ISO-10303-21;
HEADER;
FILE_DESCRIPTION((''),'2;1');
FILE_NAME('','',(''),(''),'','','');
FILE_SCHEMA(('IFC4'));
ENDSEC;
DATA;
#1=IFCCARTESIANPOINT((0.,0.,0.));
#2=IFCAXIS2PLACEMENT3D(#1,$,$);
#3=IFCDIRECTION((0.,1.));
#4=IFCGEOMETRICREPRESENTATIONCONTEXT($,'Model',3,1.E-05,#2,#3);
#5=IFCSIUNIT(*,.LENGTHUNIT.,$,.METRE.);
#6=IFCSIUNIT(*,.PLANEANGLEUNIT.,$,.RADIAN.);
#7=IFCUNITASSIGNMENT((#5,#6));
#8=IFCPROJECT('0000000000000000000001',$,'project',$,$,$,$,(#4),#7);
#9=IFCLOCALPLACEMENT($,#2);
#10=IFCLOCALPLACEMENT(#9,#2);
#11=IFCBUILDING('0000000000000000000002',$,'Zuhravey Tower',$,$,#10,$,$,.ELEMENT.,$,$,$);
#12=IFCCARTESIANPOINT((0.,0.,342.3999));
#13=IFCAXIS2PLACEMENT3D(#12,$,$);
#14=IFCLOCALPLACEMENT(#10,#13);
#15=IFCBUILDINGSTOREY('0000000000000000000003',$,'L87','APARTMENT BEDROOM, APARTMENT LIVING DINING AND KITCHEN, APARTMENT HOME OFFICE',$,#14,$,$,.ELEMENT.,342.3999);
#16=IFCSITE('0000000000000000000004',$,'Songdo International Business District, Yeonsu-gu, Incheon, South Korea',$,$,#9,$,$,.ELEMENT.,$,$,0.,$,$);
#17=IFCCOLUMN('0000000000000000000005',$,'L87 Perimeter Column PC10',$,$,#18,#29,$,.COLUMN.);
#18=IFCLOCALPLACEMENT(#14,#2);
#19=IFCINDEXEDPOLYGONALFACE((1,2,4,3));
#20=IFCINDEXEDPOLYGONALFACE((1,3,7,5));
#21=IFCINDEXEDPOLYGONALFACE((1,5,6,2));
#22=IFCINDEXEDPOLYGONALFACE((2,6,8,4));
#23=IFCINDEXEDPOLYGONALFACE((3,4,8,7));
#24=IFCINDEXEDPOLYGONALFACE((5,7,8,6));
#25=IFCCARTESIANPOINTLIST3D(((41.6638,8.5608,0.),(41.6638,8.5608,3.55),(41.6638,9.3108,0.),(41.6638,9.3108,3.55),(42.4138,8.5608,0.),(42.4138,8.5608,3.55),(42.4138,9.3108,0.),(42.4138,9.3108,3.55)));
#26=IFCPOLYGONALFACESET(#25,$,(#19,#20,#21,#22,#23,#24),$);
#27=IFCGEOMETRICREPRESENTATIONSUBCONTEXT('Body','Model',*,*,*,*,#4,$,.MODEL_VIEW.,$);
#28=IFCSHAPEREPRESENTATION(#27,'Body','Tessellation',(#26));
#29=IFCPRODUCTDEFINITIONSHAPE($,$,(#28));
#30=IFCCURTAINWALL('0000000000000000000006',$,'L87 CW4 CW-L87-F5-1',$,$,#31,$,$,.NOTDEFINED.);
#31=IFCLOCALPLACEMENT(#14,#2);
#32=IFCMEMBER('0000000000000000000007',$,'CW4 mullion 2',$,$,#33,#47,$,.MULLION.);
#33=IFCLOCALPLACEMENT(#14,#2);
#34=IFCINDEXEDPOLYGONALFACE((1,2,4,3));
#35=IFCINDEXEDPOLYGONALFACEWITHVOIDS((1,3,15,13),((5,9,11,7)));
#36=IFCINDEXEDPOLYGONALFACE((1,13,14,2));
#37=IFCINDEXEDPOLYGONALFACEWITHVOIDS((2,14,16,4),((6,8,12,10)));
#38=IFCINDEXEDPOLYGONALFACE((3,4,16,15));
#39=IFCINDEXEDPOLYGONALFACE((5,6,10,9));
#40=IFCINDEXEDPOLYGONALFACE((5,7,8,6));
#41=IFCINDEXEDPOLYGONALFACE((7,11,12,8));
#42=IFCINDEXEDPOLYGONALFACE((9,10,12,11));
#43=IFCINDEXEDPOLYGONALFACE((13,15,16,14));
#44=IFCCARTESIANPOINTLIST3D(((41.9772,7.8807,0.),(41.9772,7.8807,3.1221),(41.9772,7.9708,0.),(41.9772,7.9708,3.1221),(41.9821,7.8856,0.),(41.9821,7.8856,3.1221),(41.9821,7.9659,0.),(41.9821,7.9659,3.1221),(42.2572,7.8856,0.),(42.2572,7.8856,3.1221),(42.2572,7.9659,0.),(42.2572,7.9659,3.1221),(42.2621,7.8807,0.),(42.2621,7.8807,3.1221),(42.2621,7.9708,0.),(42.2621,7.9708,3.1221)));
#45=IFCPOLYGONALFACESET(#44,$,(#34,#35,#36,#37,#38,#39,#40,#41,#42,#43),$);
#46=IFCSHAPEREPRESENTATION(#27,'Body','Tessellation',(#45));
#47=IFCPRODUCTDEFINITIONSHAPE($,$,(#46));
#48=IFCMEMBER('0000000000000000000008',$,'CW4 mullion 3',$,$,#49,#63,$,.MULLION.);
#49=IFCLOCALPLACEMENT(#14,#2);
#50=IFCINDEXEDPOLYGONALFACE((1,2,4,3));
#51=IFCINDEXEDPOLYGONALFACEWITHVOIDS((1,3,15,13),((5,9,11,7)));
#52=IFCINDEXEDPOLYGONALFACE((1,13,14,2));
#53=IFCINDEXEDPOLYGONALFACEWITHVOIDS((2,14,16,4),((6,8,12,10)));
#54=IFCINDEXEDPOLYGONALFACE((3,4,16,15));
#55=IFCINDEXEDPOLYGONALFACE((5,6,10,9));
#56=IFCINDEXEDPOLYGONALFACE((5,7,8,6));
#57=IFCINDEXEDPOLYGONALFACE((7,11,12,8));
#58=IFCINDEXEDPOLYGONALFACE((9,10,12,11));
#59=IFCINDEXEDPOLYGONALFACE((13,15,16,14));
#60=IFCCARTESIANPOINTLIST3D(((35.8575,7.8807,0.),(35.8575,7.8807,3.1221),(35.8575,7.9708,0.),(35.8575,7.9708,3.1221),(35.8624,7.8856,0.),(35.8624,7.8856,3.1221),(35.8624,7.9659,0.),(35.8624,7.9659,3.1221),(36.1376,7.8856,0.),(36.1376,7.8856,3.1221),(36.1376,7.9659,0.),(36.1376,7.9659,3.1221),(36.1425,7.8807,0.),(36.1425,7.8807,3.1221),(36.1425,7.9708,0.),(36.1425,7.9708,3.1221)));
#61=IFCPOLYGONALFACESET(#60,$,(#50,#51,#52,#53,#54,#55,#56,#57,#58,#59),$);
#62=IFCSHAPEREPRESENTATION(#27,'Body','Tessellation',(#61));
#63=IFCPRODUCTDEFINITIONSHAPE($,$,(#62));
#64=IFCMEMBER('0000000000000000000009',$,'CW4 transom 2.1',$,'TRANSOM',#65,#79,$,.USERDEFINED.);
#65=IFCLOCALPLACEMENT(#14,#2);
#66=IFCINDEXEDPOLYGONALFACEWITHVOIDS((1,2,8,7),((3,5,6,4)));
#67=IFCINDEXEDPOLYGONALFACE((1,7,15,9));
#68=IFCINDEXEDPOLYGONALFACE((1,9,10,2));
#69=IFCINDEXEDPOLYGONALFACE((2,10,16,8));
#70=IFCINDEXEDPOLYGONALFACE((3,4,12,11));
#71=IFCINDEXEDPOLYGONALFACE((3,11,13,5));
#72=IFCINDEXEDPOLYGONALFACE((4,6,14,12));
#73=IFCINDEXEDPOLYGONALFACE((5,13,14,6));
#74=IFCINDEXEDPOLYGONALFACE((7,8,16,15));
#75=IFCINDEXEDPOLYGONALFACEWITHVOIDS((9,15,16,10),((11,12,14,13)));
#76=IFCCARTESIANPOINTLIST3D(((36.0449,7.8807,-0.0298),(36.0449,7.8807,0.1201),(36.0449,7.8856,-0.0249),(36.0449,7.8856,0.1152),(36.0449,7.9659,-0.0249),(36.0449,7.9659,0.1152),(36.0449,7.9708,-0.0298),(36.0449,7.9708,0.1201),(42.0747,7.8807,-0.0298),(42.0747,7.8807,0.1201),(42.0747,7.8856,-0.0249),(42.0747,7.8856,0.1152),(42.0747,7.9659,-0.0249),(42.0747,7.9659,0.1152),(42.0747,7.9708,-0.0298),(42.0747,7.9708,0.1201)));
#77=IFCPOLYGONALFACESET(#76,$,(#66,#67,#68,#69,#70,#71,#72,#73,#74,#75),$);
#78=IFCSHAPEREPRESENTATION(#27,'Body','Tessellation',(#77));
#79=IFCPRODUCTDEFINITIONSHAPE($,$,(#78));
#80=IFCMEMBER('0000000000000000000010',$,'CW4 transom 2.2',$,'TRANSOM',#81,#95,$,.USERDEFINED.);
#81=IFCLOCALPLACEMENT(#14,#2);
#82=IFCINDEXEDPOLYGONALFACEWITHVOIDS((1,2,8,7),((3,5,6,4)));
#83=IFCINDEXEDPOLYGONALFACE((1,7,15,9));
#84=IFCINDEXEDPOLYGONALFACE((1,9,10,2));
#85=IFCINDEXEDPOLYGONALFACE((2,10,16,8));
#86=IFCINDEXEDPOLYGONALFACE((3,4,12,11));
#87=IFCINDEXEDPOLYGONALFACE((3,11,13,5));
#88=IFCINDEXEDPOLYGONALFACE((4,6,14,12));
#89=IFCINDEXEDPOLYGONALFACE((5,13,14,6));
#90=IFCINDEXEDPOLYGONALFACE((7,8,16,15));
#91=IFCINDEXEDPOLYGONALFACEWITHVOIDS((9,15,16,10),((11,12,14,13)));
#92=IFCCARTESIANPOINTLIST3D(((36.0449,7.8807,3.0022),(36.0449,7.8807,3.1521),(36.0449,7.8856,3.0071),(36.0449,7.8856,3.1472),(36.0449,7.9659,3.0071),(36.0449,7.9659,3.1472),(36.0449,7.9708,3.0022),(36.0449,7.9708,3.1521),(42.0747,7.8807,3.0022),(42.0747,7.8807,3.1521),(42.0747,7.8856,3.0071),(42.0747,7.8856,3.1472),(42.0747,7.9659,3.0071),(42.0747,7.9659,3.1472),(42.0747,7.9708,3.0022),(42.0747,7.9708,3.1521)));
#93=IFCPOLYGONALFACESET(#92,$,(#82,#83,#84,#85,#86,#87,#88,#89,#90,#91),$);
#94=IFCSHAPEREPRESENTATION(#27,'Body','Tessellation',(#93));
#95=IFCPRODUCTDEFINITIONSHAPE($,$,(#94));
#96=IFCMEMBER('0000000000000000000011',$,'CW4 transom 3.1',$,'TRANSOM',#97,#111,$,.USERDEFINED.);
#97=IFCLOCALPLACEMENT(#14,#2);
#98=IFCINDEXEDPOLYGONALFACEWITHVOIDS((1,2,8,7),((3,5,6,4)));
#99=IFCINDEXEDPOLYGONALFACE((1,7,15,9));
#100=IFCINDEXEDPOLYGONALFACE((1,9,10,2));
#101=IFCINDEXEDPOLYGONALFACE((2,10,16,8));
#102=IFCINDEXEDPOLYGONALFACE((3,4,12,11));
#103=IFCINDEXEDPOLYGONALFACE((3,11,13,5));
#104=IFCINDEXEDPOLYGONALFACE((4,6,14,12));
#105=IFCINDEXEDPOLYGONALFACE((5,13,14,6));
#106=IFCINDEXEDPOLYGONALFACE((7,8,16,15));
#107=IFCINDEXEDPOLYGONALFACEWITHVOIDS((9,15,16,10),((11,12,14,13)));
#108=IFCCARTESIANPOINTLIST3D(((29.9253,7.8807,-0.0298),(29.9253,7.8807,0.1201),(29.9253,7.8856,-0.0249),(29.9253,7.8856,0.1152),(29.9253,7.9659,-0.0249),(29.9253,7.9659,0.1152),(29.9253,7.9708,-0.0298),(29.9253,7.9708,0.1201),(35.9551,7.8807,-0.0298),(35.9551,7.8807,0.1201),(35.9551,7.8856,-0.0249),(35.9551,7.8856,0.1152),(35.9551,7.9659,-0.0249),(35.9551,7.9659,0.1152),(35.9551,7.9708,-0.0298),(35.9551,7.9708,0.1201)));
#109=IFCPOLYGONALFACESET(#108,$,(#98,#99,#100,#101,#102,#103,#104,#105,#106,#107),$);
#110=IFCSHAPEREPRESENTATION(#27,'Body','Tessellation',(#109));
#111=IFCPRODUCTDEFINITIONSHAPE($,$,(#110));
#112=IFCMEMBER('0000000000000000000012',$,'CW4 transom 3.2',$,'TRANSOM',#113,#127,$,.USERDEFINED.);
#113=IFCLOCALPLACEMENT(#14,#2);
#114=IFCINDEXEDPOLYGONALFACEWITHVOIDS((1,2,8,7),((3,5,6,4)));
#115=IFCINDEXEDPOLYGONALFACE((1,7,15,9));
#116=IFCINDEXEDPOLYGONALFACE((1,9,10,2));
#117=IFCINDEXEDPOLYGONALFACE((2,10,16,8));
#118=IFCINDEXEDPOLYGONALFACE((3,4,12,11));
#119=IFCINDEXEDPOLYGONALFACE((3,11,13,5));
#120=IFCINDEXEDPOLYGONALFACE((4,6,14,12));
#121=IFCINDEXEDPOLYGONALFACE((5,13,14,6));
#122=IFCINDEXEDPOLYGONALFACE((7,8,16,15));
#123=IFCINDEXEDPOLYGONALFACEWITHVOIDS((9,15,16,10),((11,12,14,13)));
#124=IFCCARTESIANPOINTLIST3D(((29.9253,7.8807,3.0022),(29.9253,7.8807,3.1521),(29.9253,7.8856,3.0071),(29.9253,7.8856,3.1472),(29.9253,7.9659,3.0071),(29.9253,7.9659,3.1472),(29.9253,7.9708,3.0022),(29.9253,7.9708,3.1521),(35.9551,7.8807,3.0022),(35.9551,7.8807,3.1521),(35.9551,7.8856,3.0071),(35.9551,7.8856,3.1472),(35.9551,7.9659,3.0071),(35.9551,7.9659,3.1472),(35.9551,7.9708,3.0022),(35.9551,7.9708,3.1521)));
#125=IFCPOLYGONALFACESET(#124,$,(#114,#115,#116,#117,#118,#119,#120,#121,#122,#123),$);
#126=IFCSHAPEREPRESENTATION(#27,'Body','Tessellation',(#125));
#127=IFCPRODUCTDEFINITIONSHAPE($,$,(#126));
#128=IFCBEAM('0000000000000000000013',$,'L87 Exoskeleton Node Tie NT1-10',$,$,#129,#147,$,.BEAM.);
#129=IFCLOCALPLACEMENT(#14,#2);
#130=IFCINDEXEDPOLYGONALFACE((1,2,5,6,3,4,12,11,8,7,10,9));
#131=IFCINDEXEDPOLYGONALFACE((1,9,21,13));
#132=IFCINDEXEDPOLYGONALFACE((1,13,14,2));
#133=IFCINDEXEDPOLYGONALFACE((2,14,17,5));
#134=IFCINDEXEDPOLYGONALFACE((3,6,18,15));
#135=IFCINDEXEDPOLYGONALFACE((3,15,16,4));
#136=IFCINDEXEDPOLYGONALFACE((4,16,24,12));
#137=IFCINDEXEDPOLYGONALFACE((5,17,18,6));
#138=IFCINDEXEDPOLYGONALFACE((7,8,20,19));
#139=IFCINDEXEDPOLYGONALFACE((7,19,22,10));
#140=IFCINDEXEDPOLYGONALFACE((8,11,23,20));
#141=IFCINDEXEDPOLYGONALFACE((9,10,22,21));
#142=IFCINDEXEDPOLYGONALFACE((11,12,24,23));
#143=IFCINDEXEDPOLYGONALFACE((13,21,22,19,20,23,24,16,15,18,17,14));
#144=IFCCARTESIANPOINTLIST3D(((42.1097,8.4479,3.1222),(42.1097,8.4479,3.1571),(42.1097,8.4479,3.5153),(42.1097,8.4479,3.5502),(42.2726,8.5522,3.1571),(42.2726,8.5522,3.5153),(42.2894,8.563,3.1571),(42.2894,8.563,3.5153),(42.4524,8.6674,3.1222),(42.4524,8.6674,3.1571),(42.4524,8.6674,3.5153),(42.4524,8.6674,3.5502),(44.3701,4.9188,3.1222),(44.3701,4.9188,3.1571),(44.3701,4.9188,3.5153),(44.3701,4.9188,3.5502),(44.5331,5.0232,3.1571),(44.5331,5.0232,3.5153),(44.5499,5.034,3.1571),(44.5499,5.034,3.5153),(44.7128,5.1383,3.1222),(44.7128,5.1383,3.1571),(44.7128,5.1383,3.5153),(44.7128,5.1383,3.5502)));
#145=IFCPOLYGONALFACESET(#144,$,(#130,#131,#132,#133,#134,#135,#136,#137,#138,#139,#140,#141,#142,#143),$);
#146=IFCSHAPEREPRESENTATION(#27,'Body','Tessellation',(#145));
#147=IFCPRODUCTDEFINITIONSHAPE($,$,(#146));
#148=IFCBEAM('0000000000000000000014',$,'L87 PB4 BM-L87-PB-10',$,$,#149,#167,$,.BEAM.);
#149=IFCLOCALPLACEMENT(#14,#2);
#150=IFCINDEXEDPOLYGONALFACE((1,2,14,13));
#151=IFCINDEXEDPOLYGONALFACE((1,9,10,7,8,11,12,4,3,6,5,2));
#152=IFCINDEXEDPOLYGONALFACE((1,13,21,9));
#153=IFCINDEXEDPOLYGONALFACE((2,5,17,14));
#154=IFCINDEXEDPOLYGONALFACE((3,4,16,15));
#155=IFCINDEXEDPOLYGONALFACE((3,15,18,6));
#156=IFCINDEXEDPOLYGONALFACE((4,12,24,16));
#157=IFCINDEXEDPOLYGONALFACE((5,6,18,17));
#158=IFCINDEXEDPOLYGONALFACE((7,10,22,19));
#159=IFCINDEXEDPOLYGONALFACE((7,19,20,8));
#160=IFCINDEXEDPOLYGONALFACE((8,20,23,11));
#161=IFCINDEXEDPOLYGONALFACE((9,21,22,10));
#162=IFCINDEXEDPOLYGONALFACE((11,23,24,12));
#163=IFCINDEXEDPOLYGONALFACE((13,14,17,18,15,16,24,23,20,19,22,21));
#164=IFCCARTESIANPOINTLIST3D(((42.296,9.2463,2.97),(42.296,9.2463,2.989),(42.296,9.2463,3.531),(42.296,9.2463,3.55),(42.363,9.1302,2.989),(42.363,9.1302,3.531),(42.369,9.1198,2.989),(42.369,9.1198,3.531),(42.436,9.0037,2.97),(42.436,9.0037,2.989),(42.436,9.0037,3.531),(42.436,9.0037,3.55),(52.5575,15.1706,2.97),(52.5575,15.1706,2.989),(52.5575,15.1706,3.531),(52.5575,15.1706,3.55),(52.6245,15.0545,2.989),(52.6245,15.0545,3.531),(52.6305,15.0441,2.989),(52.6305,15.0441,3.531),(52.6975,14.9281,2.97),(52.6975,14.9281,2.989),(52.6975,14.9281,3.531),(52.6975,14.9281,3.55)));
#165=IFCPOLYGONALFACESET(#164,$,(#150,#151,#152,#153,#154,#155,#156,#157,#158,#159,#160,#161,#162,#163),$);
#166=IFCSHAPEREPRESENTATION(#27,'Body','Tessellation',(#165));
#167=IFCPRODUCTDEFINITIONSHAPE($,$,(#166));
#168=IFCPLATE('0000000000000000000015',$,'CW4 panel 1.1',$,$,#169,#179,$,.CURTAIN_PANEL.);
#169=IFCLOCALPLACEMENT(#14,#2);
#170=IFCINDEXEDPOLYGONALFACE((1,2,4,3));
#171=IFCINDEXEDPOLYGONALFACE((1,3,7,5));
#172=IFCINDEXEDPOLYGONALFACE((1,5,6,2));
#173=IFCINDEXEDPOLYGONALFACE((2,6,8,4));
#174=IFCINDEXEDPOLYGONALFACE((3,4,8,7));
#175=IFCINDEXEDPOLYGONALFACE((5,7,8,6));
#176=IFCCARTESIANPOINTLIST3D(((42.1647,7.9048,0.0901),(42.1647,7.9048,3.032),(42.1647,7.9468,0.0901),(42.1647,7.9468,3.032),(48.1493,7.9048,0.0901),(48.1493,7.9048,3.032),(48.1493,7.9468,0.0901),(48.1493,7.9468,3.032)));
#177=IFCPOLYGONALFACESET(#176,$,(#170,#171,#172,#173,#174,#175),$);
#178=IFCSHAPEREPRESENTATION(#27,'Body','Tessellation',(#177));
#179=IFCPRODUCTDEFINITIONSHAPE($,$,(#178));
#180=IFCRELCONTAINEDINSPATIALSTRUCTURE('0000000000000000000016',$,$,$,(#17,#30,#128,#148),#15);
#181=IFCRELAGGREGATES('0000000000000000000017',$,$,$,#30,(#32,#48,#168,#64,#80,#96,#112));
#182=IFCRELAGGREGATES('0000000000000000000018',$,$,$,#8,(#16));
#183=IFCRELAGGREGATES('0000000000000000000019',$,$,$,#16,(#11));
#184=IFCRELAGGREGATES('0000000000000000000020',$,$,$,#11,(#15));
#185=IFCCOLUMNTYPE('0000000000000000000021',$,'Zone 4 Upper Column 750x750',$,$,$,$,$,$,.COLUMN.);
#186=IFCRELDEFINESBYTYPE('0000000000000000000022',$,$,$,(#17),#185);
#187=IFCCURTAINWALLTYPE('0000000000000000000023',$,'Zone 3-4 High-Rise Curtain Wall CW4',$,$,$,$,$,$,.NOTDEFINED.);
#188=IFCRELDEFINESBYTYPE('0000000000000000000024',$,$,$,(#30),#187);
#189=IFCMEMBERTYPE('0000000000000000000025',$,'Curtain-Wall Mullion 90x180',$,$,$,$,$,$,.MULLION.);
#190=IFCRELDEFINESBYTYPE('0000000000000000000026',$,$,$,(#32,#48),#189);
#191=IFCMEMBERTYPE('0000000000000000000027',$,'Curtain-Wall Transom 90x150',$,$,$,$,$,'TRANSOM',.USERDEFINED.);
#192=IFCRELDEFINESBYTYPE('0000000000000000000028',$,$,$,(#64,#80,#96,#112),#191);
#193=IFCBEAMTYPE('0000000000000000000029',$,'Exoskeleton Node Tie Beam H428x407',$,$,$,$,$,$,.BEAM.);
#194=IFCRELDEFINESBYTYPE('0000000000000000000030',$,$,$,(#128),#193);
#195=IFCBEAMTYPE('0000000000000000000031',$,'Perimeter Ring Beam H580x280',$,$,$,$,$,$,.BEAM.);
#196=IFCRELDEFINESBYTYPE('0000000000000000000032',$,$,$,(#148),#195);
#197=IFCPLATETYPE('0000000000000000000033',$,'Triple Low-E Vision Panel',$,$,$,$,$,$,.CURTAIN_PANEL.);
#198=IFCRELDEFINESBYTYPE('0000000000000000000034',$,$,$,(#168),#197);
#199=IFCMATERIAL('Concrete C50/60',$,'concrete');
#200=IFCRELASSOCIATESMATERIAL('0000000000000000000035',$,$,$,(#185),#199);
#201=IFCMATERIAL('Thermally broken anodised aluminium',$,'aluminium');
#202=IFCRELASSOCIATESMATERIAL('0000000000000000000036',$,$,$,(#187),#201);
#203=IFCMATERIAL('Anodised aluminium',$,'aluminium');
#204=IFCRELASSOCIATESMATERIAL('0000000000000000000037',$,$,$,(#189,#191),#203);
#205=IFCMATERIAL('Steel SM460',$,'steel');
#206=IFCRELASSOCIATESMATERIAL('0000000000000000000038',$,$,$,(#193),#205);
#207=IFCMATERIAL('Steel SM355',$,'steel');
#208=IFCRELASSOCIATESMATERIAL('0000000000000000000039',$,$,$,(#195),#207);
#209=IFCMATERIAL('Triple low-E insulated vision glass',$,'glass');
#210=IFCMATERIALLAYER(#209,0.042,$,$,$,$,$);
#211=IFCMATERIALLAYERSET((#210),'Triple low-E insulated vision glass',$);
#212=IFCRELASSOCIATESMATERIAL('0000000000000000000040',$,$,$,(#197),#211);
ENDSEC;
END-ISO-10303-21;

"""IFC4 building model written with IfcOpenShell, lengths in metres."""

from ifc_helpers import new_model, si_unit, direction, frame, origin, origin_2d, place, context, subcontext, project, spatial, rectangle, hollow_rectangle, i_section, extrude, material, layer, layer_set, material_profile, profile_set, type_object, element, aggregate, save


model = new_model("IFC4")

# Units and contexts
model_context = context("Model", 3, precision=1e-05, world=origin(), true_north=direction((0.0, 1.0)))
body_context = subcontext(model_context, "Body", "Model", "MODEL_VIEW")
ifc_project = project(units=[si_unit("LENGTHUNIT", "METRE"), si_unit("PLANEANGLEUNIT", "RADIAN")], contexts=[model_context])

# Site, building, storey
site_placement = place(None, origin())
site = spatial("IfcSite", under=ifc_project, at=site_placement, Name="Songdo International Business District, Yeonsu-gu, Incheon, South Korea", CompositionType="ELEMENT", RefElevation=0.0)
building_placement = place(site_placement, origin())
building = spatial("IfcBuilding", under=site, at=building_placement, Name="Zuhravey Tower", CompositionType="ELEMENT")
storey_placement = place(building_placement, frame((0.0, 0.0, 342.3999)))
storey = spatial("IfcBuildingStorey", under=building, at=storey_placement, Name="L87", Description="APARTMENT BEDROOM, APARTMENT LIVING DINING AND KITCHEN, APARTMENT HOME OFFICE", CompositionType="ELEMENT", Elevation=342.3999)

# Column
ifc_material_1 = material(Name="Concrete C50/60", Category="concrete")
ifc_material_profile_1 = material_profile(ifc_material_1, rectangle(XDim=0.75, YDim=0.75, at=origin_2d()), Name="RC-750x750")
ifc_profile_set_1 = profile_set([ifc_material_profile_1], Name="Concrete C50/60")
column_type = type_object("IfcColumnType", Name="Zone 4 Upper Column 750x750", PredefinedType="COLUMN", material=ifc_profile_set_1)
column_placement = place(storey_placement, frame((42.0388, 8.9358, 0.0), z_axis=(0.0, 0.0, 1.0), x_axis=(1.0, 0.0, 0.0)))
element("IfcColumn", 1, at=column_placement, inside=storey, type_object=column_type, Name="L87 Perimeter Column PC10", PredefinedType="COLUMN", context=body_context, shape_type="SweptSolid", body=[
    extrude(rectangle(XDim=0.75, YDim=0.75, at=origin_2d()), origin(), (0.0, 0.0, 1.0), 3.55),
])

# Curtain wall, members
ifc_material_2 = material(Name="Thermally broken anodised aluminium", Category="aluminium")
curtain_wall_type = type_object("IfcCurtainWallType", Name="Zone 3-4 High-Rise Curtain Wall CW4", PredefinedType="NOTDEFINED", material=ifc_material_2)
curtain_wall_placement = place(storey_placement, origin())
curtain_wall = element("IfcCurtainWall", 2, at=curtain_wall_placement, inside=storey, type_object=curtain_wall_type, Name="L87 CW4 CW-L87-F5-1", PredefinedType="NOTDEFINED")
ifc_material_3 = material(Name="Anodised aluminium", Category="aluminium")
ifc_material_profile_2 = material_profile(ifc_material_3, hollow_rectangle(XDim=0.0901, YDim=0.2849, WallThickness=0.0049, at=origin_2d()), Name="ALU-RHS-90x285x5")
ifc_profile_set_2 = profile_set([ifc_material_profile_2], Name="Anodised aluminium")
member_type_1 = type_object("IfcMemberType", Name="Curtain-Wall Mullion 90x180", PredefinedType="MULLION", material=ifc_profile_set_2)
member_1_placement = place(storey_placement, frame((42.1196, 7.9258, 0.0), z_axis=(0.0, 0.0, 1.0), x_axis=(0.0, -1.0, 0.0)))
member_1 = element("IfcMember", 3, at=member_1_placement, type_object=member_type_1, Name="CW4 mullion 2", PredefinedType="MULLION", context=body_context, shape_type="SweptSolid", body=[
    extrude(hollow_rectangle(XDim=0.0901, YDim=0.2849, WallThickness=0.0049, at=origin_2d()), origin(), (0.0, 0.0, 1.0), 3.1221),
])
member_2_placement = place(storey_placement, frame((36.0, 7.9258, 0.0), z_axis=(0.0, 0.0, 1.0), x_axis=(0.0, -1.0, 0.0)))
member_2 = element("IfcMember", 4, at=member_2_placement, type_object=member_type_1, Name="CW4 mullion 3", PredefinedType="MULLION", context=body_context, shape_type="SweptSolid", body=[
    extrude(hollow_rectangle(XDim=0.0901, YDim=0.2849, WallThickness=0.0049, at=origin_2d()), origin(), (0.0, 0.0, 1.0), 3.1221),
])
ifc_material_profile_3 = material_profile(ifc_material_3, hollow_rectangle(XDim=0.0901, YDim=0.1499, WallThickness=0.0049, at=origin_2d()), Name="ALU-RHS-90x150x5")
ifc_profile_set_3 = profile_set([ifc_material_profile_3], Name="Anodised aluminium")
member_type_2 = type_object("IfcMemberType", Name="Curtain-Wall Transom 90x150", ElementType="TRANSOM", PredefinedType="USERDEFINED", material=ifc_profile_set_3)
member_3_placement = place(storey_placement, frame((42.0747, 7.9258, 0.0452), z_axis=(-1.0, 0.0, 0.0), x_axis=(0.0, -1.0, 0.0)))
member_3 = element("IfcMember", 5, at=member_3_placement, type_object=member_type_2, Name="CW4 transom 2.1", ObjectType="TRANSOM", PredefinedType="USERDEFINED", context=body_context, shape_type="SweptSolid", body=[
    extrude(hollow_rectangle(XDim=0.0901, YDim=0.1499, WallThickness=0.0049, at=origin_2d()), origin(), (0.0, 0.0, 1.0), 6.0298),
])
member_4_placement = place(storey_placement, frame((42.0747, 7.9258, 3.0771), z_axis=(-1.0, 0.0, 0.0), x_axis=(0.0, -1.0, 0.0)))
member_4 = element("IfcMember", 6, at=member_4_placement, type_object=member_type_2, Name="CW4 transom 2.2", ObjectType="TRANSOM", PredefinedType="USERDEFINED", context=body_context, shape_type="SweptSolid", body=[
    extrude(hollow_rectangle(XDim=0.0901, YDim=0.1499, WallThickness=0.0049, at=origin_2d()), origin(), (0.0, 0.0, 1.0), 6.0298),
])
member_5_placement = place(storey_placement, frame((35.9551, 7.9258, 0.0452), z_axis=(-1.0, 0.0, 0.0), x_axis=(0.0, -1.0, 0.0)))
member_5 = element("IfcMember", 7, at=member_5_placement, type_object=member_type_2, Name="CW4 transom 3.1", ObjectType="TRANSOM", PredefinedType="USERDEFINED", context=body_context, shape_type="SweptSolid", body=[
    extrude(hollow_rectangle(XDim=0.0901, YDim=0.1499, WallThickness=0.0049, at=origin_2d()), origin(), (0.0, 0.0, 1.0), 6.0298),
])
member_6_placement = place(storey_placement, frame((35.9551, 7.9258, 3.0771), z_axis=(-1.0, 0.0, 0.0), x_axis=(0.0, -1.0, 0.0)))
member_6 = element("IfcMember", 8, at=member_6_placement, type_object=member_type_2, Name="CW4 transom 3.2", ObjectType="TRANSOM", PredefinedType="USERDEFINED", context=body_context, shape_type="SweptSolid", body=[
    extrude(hollow_rectangle(XDim=0.0901, YDim=0.1499, WallThickness=0.0049, at=origin_2d()), origin(), (0.0, 0.0, 1.0), 6.0298),
])

# Beams
ifc_material_4 = material(Name="Steel SM460", Category="steel")
ifc_material_profile_4 = material_profile(ifc_material_4, i_section(OverallWidth=0.407, OverallDepth=0.428, WebThickness=0.02, FlangeThickness=0.0349, at=origin_2d()), Name="H-428x407x20x35")
ifc_profile_set_4 = profile_set([ifc_material_profile_4], Name="Steel SM460")
beam_type_1 = type_object("IfcBeamType", Name="Exoskeleton Node Tie Beam H428x407", PredefinedType="BEAM", material=ifc_profile_set_4)
beam_1_placement = place(storey_placement, frame((42.281, 8.5576, 3.3362), z_axis=(0.539376, -0.842065, 0.0), x_axis=(0.842065, 0.539376, 0.0)))
element("IfcBeam", 9, at=beam_1_placement, inside=storey, type_object=beam_type_1, Name="L87 Exoskeleton Node Tie NT1-10", PredefinedType="BEAM", context=body_context, shape_type="SweptSolid", body=[
    extrude(i_section(OverallWidth=0.407, OverallDepth=0.428, WebThickness=0.02, FlangeThickness=0.0349, at=origin_2d()), origin(), (0.0, 0.0, 1.0), 4.1909),
])
ifc_material_5 = material(Name="Steel SM355", Category="steel")
ifc_material_profile_5 = material_profile(ifc_material_5, i_section(OverallWidth=0.28, OverallDepth=0.5801, WebThickness=0.012, FlangeThickness=0.019, at=origin_2d()), Name="H-580x280x12x19")
ifc_profile_set_5 = profile_set([ifc_material_profile_5], Name="Steel SM355")
beam_type_2 = type_object("IfcBeamType", Name="Perimeter Ring Beam H580x280", PredefinedType="BEAM", material=ifc_profile_set_5)
beam_2_placement = place(storey_placement, frame((42.366, 9.125, 3.26), z_axis=(0.866031, 0.499991, 0.0), x_axis=(-0.499991, 0.866031, 0.0)))
element("IfcBeam", 10, at=beam_2_placement, inside=storey, type_object=beam_type_2, Name="L87 PB4 BM-L87-PB-10", PredefinedType="BEAM", context=body_context, shape_type="SweptSolid", body=[
    extrude(i_section(OverallWidth=0.28, OverallDepth=0.5801, WebThickness=0.012, FlangeThickness=0.019, at=origin_2d()), origin(), (0.0, 0.0, 1.0), 11.8489),
])

# Plate
ifc_material_6 = material(Name="Triple low-E insulated vision glass", Category="glass")
ifc_layer_1 = layer(ifc_material_6, 0.042)
ifc_layer_set_1 = layer_set([ifc_layer_1], Name="Triple low-E insulated vision glass")
plate_type = type_object("IfcPlateType", Name="Triple Low-E Vision Panel", PredefinedType="CURTAIN_PANEL", material=ifc_layer_set_1)
plate_1_placement = place(storey_placement, frame((45.157, 7.9258, 0.0901), z_axis=(0.0, 0.0, 1.0), x_axis=(-1.0, 0.0, 0.0)))
plate_1 = element("IfcPlate", 11, at=plate_1_placement, type_object=plate_type, Name="CW4 panel 1.1", PredefinedType="CURTAIN_PANEL", context=body_context, shape_type="SweptSolid", body=[
    extrude(rectangle(XDim=5.9846, YDim=0.042, at=origin_2d()), origin(), (0.0, 0.0, 1.0), 2.9419),
])
aggregate(curtain_wall, [member_1, member_2, plate_1, member_3, member_4, member_5, member_6])

save(model, "model.ifc")
